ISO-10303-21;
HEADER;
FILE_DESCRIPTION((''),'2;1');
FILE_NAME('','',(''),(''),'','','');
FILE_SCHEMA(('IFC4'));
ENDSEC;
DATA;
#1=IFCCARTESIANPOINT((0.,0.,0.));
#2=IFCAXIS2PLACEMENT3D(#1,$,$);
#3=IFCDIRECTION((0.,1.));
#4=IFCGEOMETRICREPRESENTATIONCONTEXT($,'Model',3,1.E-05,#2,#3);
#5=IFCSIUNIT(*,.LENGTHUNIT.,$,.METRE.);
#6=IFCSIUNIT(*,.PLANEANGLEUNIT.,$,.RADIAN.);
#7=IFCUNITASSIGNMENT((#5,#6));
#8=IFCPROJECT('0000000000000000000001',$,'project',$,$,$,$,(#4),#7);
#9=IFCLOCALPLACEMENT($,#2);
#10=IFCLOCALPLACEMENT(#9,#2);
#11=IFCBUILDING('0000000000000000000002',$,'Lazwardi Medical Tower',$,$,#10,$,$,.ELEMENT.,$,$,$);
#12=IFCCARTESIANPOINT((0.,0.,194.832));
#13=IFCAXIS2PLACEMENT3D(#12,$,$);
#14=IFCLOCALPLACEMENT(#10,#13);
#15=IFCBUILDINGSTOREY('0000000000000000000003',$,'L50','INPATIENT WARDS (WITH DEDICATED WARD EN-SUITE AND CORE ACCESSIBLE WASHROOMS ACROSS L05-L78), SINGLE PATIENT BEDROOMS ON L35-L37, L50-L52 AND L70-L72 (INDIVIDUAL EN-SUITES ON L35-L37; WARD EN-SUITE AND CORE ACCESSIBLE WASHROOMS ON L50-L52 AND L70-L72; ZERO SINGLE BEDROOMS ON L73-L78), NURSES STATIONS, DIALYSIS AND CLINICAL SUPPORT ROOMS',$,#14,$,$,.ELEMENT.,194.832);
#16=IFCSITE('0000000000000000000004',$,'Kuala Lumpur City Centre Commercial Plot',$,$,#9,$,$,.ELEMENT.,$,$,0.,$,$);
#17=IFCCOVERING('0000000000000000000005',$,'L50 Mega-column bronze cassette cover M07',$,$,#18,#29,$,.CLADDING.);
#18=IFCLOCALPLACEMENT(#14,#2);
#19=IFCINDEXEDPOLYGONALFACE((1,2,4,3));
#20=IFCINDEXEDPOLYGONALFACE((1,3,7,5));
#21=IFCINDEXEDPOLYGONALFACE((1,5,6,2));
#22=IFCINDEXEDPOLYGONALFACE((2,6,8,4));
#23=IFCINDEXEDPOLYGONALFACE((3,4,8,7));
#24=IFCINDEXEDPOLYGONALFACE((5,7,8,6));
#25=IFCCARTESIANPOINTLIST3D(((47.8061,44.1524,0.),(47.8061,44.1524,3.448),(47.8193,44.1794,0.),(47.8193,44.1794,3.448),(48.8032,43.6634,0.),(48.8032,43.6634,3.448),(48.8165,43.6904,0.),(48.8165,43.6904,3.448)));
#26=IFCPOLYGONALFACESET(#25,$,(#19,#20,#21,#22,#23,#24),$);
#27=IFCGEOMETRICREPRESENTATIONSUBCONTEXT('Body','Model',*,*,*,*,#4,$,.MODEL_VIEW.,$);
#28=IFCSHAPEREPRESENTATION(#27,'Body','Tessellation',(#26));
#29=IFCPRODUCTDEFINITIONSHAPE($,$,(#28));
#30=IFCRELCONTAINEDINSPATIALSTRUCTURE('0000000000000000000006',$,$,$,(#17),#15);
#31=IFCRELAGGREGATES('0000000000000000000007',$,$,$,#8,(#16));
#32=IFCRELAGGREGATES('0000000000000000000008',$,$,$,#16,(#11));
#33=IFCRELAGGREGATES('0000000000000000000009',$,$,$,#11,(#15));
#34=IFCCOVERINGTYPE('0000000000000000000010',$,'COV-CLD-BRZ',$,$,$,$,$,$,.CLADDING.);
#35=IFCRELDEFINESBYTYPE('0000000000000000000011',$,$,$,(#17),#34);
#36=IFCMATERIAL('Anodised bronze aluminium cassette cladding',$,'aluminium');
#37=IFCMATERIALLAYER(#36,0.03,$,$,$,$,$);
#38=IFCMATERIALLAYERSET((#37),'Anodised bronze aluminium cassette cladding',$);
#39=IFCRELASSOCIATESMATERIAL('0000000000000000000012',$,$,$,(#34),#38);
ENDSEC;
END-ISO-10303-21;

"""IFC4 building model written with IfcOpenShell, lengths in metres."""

from ifc_helpers import new_model, si_unit, direction, frame, origin, origin_2d, place, context, subcontext, project, spatial, rectangle, extrude, material, layer, layer_set, type_object, element, save


model = new_model("IFC4")

# Units and contexts
model_context = context("Model", 3, precision=1e-05, world=origin(), true_north=direction((0.0, 1.0)))
body_context = subcontext(model_context, "Body", "Model", "MODEL_VIEW")
ifc_project = project(units=[si_unit("LENGTHUNIT", "METRE"), si_unit("PLANEANGLEUNIT", "RADIAN")], contexts=[model_context])

# Site, building, storey
site_placement = place(None, origin())
site = spatial("IfcSite", under=ifc_project, at=site_placement, Name="Kuala Lumpur City Centre Commercial Plot", CompositionType="ELEMENT", RefElevation=0.0)
building_placement = place(site_placement, origin())
building = spatial("IfcBuilding", under=site, at=building_placement, Name="Lazwardi Medical Tower", CompositionType="ELEMENT")
storey_placement = place(building_placement, frame((0.0, 0.0, 194.832)))
storey = spatial("IfcBuildingStorey", under=building, at=storey_placement, Name="L50", Description="INPATIENT WARDS (WITH DEDICATED WARD EN-SUITE AND CORE ACCESSIBLE WASHROOMS ACROSS L05-L78), SINGLE PATIENT BEDROOMS ON L35-L37, L50-L52 AND L70-L72 (INDIVIDUAL EN-SUITES ON L35-L37; WARD EN-SUITE AND CORE ACCESSIBLE WASHROOMS ON L50-L52 AND L70-L72; ZERO SINGLE BEDROOMS ON L73-L78), NURSES STATIONS, DIALYSIS AND CLINICAL SUPPORT ROOMS", CompositionType="ELEMENT", Elevation=194.832)

# Covering
ifc_material_1 = material(Name="Anodised bronze aluminium cassette cladding", Category="aluminium")
ifc_layer_1 = layer(ifc_material_1, 0.03)
ifc_layer_set_1 = layer_set([ifc_layer_1], Name="Anodised bronze aluminium cassette cladding")
covering_type = type_object("IfcCoveringType", Name="COV-CLD-BRZ", PredefinedType="CLADDING", material=ifc_layer_set_1)
covering_1_placement = place(storey_placement, frame((48.3113, 43.9214, 0.0), z_axis=(0.0, 0.0, 1.0), x_axis=(-0.89784, 0.440322, 0.0)))
element("IfcCovering", 1, at=covering_1_placement, inside=storey, type_object=covering_type, Name="L50 Mega-column bronze cassette cover M07", PredefinedType="CLADDING", context=body_context, shape_type="SweptSolid", body=[
    extrude(rectangle(XDim=1.1106, YDim=0.03, at=origin_2d()), origin(), (0.0, 0.0, 1.0), 3.448),
])

save(model, "model.ifc")
